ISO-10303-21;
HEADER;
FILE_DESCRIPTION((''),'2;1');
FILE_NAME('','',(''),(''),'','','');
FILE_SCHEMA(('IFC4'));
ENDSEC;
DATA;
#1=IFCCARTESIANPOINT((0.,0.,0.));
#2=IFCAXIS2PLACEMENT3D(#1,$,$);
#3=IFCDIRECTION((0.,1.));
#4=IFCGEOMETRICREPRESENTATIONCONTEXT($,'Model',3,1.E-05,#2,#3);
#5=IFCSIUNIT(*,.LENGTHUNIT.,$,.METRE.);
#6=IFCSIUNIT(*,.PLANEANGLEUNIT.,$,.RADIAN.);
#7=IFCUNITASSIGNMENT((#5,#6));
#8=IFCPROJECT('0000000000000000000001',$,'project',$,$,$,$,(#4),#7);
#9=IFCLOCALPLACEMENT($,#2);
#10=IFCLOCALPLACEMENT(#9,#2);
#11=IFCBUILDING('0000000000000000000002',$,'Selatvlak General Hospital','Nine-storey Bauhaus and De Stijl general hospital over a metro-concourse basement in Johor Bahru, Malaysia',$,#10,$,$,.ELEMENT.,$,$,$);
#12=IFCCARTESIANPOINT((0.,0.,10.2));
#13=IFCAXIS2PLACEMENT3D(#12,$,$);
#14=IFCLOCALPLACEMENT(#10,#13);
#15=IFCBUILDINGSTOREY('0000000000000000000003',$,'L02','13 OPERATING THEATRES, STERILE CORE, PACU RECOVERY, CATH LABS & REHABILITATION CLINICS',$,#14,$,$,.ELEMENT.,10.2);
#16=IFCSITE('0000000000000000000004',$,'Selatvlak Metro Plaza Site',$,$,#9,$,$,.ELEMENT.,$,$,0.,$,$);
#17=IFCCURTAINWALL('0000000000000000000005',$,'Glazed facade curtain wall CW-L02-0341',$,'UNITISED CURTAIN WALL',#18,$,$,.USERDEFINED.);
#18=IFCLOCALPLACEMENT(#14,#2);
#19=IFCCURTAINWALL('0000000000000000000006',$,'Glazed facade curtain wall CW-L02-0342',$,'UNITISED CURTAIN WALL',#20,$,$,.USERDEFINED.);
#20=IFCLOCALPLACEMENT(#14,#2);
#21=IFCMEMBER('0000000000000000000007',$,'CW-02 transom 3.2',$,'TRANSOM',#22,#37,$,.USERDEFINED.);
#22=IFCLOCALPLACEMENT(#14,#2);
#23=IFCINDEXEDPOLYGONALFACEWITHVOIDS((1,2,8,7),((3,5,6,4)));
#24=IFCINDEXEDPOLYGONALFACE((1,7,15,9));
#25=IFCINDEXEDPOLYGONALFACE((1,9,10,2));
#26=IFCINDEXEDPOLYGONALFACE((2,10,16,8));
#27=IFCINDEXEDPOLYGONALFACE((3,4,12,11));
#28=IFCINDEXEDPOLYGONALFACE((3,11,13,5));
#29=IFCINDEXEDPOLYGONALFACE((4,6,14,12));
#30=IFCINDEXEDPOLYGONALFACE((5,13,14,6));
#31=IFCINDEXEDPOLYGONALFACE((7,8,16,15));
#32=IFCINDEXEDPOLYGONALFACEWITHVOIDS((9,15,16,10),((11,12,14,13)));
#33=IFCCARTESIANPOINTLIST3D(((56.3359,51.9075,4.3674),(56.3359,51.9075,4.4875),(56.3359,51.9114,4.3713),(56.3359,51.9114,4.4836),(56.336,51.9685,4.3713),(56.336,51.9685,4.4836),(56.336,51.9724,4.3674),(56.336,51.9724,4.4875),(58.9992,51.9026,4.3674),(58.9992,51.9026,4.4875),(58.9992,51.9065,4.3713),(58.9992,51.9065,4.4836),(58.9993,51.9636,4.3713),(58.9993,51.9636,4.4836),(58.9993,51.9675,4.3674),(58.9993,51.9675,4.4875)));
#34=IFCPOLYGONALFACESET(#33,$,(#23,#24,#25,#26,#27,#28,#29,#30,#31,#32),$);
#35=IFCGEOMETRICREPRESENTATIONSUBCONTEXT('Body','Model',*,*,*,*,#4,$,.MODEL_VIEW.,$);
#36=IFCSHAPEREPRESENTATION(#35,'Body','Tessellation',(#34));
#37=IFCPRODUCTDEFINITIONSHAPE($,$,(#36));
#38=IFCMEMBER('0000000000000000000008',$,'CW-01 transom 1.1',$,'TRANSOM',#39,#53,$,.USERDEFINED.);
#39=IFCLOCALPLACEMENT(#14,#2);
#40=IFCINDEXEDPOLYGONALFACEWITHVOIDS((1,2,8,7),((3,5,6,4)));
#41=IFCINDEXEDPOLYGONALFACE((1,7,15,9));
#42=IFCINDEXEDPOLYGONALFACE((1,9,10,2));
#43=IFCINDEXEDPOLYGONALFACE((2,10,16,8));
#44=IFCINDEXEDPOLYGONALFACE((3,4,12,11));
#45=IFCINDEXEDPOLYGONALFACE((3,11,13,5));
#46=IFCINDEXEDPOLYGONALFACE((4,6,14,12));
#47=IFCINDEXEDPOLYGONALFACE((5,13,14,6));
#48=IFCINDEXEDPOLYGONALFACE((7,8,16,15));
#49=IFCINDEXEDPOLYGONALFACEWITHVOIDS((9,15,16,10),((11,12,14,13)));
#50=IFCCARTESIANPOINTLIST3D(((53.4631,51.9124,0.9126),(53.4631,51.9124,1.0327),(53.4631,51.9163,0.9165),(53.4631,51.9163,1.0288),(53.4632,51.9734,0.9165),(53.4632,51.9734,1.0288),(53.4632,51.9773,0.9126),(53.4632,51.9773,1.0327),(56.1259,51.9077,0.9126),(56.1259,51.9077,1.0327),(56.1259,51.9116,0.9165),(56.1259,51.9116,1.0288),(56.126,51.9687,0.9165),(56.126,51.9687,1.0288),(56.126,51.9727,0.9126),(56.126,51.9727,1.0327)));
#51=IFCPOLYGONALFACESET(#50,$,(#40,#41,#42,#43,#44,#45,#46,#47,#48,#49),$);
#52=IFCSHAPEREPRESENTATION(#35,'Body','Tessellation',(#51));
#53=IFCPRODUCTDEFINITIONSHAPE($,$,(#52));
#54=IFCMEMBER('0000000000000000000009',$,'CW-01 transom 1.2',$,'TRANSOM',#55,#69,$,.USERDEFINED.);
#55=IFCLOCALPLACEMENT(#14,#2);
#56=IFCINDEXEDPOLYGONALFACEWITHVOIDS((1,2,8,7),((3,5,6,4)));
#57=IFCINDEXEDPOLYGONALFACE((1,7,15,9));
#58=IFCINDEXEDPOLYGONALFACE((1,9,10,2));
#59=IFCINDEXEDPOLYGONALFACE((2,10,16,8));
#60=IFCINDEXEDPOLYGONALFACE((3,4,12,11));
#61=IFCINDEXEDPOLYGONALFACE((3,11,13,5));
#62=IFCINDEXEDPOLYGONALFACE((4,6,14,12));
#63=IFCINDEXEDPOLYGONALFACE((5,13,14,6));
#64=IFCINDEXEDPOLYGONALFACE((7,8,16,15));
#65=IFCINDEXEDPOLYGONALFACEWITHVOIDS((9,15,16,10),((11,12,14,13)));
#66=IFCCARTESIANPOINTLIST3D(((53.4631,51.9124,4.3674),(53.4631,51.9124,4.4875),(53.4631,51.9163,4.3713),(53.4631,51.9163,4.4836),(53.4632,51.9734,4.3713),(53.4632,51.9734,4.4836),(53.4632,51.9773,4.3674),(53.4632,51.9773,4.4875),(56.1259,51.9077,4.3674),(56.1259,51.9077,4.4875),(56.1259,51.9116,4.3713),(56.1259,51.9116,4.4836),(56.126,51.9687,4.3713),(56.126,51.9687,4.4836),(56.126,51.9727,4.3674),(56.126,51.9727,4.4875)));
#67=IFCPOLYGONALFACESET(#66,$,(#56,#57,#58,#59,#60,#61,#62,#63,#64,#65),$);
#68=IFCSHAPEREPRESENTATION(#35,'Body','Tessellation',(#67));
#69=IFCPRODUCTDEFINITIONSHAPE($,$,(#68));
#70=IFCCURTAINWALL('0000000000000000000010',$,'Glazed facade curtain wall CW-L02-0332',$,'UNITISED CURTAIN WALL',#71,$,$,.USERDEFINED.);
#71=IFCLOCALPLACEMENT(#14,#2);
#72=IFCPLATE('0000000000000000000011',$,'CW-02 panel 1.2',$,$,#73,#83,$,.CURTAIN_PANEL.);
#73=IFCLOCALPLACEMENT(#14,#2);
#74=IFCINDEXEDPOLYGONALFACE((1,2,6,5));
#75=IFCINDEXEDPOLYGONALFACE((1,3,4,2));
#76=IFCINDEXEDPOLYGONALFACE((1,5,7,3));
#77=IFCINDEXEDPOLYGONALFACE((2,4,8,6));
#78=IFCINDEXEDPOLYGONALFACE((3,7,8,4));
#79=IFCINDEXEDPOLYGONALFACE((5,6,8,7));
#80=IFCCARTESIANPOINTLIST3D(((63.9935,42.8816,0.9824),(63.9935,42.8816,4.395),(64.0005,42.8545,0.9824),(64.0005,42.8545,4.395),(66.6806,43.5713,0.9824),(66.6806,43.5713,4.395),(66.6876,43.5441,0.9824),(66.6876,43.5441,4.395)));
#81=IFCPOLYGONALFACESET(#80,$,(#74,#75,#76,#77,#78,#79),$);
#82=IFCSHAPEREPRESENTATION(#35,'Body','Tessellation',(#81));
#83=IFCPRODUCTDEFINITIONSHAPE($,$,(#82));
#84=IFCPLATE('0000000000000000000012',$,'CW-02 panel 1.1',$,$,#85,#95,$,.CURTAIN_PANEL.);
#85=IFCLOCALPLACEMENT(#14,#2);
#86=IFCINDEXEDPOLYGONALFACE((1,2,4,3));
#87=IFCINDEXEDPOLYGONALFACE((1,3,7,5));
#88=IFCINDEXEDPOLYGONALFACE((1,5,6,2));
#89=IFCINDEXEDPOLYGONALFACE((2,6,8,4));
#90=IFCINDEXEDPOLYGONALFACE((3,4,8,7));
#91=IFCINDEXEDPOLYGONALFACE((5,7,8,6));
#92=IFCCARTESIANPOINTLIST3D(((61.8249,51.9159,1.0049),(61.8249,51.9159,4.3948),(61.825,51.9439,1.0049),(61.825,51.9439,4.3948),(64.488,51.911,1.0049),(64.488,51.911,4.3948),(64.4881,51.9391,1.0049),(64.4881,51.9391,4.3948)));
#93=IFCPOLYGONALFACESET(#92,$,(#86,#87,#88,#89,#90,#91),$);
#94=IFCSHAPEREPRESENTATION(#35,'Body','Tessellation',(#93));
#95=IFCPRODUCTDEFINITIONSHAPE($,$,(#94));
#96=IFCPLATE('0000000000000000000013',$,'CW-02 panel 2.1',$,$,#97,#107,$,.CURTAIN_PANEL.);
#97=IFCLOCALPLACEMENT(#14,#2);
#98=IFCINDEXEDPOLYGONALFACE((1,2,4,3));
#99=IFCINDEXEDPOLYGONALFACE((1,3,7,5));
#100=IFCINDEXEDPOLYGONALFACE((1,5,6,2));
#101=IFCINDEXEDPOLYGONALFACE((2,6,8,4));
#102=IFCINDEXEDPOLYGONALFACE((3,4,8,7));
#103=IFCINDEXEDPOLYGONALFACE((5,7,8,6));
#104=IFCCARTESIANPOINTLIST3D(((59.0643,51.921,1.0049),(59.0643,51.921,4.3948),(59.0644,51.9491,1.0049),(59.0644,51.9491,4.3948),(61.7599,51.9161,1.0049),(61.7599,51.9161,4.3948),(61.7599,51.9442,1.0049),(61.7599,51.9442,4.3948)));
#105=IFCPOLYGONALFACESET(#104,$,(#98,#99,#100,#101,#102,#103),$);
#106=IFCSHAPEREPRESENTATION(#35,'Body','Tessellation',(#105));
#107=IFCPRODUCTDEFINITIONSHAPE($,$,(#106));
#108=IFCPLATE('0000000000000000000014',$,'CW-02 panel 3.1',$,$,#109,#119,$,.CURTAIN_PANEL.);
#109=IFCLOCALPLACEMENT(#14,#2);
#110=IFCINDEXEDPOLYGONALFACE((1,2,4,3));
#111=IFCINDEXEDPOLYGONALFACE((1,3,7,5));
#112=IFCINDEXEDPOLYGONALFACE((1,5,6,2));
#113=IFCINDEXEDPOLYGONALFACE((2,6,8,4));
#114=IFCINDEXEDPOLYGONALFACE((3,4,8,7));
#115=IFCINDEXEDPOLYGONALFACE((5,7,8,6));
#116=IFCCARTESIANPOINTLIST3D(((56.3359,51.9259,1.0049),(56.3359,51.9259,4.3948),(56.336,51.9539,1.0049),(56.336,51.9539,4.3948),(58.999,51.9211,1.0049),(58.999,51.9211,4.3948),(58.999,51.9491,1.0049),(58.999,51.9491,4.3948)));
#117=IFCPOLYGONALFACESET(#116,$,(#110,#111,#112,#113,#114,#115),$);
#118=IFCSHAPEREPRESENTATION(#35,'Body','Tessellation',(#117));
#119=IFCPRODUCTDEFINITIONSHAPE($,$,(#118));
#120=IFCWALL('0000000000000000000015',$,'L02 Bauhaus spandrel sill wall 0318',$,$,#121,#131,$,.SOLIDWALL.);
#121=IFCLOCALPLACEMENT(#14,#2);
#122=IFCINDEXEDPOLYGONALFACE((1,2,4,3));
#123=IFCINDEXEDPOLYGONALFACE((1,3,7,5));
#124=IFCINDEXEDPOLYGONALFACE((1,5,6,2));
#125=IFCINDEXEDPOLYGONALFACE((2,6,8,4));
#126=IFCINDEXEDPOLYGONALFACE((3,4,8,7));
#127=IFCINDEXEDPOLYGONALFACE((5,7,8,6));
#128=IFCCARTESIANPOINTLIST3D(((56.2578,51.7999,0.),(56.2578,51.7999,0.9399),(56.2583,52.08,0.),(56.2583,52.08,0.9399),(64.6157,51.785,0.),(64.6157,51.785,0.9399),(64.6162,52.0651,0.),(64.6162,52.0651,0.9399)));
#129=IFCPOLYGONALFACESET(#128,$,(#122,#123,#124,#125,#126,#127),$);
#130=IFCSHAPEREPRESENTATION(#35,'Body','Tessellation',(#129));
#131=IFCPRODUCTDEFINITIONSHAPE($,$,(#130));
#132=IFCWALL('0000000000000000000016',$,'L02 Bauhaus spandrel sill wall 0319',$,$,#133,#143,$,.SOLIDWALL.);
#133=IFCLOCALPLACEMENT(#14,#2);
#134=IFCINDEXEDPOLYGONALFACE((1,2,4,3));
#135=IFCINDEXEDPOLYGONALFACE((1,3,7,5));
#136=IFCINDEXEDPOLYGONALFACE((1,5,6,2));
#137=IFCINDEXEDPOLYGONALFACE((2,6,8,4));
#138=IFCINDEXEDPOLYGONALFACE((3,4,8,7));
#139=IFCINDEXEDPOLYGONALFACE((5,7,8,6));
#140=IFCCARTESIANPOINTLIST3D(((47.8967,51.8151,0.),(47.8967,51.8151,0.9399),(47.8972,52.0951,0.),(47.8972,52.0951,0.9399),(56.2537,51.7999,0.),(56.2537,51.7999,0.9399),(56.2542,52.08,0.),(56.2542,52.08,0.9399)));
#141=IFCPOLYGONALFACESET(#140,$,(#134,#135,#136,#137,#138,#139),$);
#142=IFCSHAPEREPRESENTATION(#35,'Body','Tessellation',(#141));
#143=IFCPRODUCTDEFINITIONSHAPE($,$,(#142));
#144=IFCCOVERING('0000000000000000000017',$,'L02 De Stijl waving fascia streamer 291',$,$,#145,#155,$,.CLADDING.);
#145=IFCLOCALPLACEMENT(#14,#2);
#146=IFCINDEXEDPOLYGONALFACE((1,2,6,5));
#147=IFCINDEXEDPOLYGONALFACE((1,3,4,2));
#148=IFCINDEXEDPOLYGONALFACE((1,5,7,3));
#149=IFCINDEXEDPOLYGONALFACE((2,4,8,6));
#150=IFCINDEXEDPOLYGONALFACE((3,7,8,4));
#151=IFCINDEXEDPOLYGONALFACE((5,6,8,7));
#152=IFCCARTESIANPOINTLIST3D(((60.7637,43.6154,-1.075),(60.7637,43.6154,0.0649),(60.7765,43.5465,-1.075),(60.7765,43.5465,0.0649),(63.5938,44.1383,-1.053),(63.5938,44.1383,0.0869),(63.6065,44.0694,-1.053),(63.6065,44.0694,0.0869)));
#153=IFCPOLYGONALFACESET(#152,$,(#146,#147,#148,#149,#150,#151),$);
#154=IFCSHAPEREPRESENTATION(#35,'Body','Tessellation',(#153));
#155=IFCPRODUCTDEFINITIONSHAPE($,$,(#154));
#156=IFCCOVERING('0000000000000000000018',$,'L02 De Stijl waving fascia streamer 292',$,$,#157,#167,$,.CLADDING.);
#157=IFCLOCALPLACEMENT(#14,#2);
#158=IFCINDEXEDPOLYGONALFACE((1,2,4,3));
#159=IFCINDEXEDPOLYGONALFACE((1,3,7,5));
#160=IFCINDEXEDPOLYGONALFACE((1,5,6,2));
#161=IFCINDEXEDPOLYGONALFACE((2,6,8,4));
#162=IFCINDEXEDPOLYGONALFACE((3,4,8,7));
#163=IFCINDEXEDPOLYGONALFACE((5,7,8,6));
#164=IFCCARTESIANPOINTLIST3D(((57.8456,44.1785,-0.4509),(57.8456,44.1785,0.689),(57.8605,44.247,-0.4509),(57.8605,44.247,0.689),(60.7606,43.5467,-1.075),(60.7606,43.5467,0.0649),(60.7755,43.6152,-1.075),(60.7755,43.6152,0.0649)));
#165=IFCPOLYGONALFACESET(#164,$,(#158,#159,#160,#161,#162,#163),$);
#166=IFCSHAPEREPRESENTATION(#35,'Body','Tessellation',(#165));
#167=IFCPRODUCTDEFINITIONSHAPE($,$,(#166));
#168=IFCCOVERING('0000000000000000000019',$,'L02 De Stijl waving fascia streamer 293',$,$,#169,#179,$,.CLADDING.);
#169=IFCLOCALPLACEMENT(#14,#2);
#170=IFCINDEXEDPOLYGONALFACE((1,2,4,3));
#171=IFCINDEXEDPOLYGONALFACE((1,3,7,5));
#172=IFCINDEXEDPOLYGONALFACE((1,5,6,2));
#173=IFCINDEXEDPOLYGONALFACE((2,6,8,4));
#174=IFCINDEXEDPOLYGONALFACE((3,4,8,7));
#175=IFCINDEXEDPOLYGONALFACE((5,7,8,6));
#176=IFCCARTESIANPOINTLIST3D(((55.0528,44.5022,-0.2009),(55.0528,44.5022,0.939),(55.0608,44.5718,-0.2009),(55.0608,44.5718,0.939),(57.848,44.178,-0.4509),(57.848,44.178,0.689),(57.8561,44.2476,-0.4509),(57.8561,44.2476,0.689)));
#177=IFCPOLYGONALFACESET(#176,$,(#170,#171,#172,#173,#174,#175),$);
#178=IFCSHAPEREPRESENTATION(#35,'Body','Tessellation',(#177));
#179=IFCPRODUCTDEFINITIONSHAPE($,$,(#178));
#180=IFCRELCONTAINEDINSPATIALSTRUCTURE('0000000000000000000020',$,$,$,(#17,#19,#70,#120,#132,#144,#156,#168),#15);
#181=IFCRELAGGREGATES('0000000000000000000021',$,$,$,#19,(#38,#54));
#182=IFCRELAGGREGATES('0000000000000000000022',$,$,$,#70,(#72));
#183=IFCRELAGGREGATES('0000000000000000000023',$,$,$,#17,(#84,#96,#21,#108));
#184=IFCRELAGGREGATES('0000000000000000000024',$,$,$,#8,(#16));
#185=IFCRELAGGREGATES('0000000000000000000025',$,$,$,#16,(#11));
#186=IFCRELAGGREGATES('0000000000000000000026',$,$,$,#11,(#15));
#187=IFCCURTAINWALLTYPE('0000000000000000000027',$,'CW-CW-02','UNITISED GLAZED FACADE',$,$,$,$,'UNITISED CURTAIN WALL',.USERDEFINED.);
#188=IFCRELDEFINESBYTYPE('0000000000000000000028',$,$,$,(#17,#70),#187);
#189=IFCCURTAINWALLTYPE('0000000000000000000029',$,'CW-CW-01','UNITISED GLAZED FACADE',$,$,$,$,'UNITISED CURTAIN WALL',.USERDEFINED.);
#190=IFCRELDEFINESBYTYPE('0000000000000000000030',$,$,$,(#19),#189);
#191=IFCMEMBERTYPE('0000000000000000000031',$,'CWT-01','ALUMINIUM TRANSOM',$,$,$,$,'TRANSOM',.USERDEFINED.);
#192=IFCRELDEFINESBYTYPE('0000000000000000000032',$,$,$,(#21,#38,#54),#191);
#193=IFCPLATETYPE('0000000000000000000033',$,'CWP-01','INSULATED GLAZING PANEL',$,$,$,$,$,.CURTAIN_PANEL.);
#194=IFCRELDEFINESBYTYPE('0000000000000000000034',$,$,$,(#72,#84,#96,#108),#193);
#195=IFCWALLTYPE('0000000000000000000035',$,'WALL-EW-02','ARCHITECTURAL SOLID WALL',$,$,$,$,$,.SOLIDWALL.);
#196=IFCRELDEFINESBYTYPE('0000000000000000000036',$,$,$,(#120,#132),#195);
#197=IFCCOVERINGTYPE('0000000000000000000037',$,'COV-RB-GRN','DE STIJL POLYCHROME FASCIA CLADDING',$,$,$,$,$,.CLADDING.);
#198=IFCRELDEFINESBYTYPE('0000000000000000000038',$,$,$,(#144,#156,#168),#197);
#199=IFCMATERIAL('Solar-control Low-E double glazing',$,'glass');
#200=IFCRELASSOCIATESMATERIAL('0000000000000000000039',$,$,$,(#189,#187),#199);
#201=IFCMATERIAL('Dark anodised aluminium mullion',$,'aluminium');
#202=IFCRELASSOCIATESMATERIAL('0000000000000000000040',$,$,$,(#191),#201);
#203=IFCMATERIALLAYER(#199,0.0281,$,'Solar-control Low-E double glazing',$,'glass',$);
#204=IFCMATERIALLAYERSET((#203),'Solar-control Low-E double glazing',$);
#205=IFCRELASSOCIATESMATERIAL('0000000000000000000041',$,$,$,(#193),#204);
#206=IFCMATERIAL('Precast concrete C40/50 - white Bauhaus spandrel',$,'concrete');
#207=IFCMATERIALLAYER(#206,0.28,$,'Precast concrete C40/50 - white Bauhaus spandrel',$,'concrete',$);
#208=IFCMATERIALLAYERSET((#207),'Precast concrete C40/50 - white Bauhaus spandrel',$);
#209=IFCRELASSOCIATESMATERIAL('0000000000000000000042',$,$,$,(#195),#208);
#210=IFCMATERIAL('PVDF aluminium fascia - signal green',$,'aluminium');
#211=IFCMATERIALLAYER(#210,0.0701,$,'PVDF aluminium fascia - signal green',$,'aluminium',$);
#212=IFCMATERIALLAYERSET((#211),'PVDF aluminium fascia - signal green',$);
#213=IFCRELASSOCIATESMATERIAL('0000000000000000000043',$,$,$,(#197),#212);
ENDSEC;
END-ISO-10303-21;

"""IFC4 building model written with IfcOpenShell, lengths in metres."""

from ifc_helpers import new_model, si_unit, direction, frame, frame_2d, origin, origin_2d, place, context, subcontext, project, spatial, polyline, rectangle, hollow_rectangle, outline, extrude, material, layer, layer_set, material_profile, profile_set, type_object, element, aggregate, save


model = new_model("IFC4")

# Units and contexts
model_context = context("Model", 3, precision=1e-05, world=origin(), true_north=direction((0.0, 1.0)))
body_context = subcontext(model_context, "Body", "Model", "MODEL_VIEW")
ifc_project = project(units=[si_unit("LENGTHUNIT", "METRE"), si_unit("PLANEANGLEUNIT", "RADIAN")], contexts=[model_context])

# Site, building, storey
site_placement = place(None, origin())
site = spatial("IfcSite", under=ifc_project, at=site_placement, Name="Selatvlak Metro Plaza Site", CompositionType="ELEMENT", RefElevation=0.0)
building_placement = place(site_placement, origin())
building = spatial("IfcBuilding", under=site, at=building_placement, Name="Selatvlak General Hospital", Description="Nine-storey Bauhaus and De Stijl general hospital over a metro-concourse basement in Johor Bahru, Malaysia", CompositionType="ELEMENT")
storey_placement = place(building_placement, frame((0.0, 0.0, 10.2)))
storey = spatial("IfcBuildingStorey", under=building, at=storey_placement, Name="L02", Description="13 OPERATING THEATRES, STERILE CORE, PACU RECOVERY, CATH LABS & REHABILITATION CLINICS", CompositionType="ELEMENT", Elevation=10.2)

# Shared definitions
ifc_material_1 = material(Name="Solar-control Low-E double glazing", Category="glass")
curtain_wall_type_1 = type_object("IfcCurtainWallType", Name="CW-CW-01", Description="UNITISED GLAZED FACADE", ElementType="UNITISED CURTAIN WALL", PredefinedType="USERDEFINED", material=ifc_material_1)
ifc_material_2 = material(Name="Dark anodised aluminium mullion", Category="aluminium")

# Curtain wall
curtain_wall_type_2 = type_object("IfcCurtainWallType", Name="CW-CW-02", Description="UNITISED GLAZED FACADE", ElementType="UNITISED CURTAIN WALL", PredefinedType="USERDEFINED", material=ifc_material_1)
curtain_wall_1_placement = place(storey_placement, origin())
curtain_wall_1 = element("IfcCurtainWall", 1, at=curtain_wall_1_placement, inside=storey, type_object=curtain_wall_type_2, Name="Glazed facade curtain wall CW-L02-0341", ObjectType="UNITISED CURTAIN WALL", PredefinedType="USERDEFINED")

# Curtain wall
curtain_wall_2_placement = place(storey_placement, origin())
curtain_wall_2 = element("IfcCurtainWall", 2, at=curtain_wall_2_placement, inside=storey, type_object=curtain_wall_type_1, Name="Glazed facade curtain wall CW-L02-0342", ObjectType="UNITISED CURTAIN WALL", PredefinedType="USERDEFINED")

# Members
ifc_material_profile_1 = material_profile(ifc_material_2, hollow_rectangle(XDim=0.0649, YDim=0.1201, WallThickness=0.0039, at=origin_2d()), Name="AL-TRN 65x120x4")
ifc_profile_set_1 = profile_set([ifc_material_profile_1], Name="Dark anodised aluminium mullion")
member_type_1 = type_object("IfcMemberType", Name="CWT-01", Description="ALUMINIUM TRANSOM", ElementType="TRANSOM", PredefinedType="USERDEFINED", material=ifc_profile_set_1)
member_1_placement = place(storey_placement, frame((58.9993, 51.9351, 4.4275), z_axis=(-0.999998, 0.001833, 0.0), x_axis=(-0.001833, -0.999998, 0.0)))
member_1 = element("IfcMember", 3, at=member_1_placement, type_object=member_type_1, Name="CW-02 transom 3.2", ObjectType="TRANSOM", PredefinedType="USERDEFINED", context=body_context, shape_type="SweptSolid", body=[
    extrude(hollow_rectangle(XDim=0.0649, YDim=0.1201, WallThickness=0.0039, at=origin_2d()), origin(), (0.0, 0.0, 1.0), 2.6633),
])
member_2_placement = place(storey_placement, frame((56.126, 51.9402, 0.9727), z_axis=(-0.999998, 0.001742, 0.0), x_axis=(-0.001742, -0.999998, 0.0)))
member_2 = element("IfcMember", 4, at=member_2_placement, type_object=member_type_1, Name="CW-01 transom 1.1", ObjectType="TRANSOM", PredefinedType="USERDEFINED", context=body_context, shape_type="SweptSolid", body=[
    extrude(hollow_rectangle(XDim=0.0649, YDim=0.1201, WallThickness=0.0039, at=origin_2d()), origin(), (0.0, 0.0, 1.0), 2.6628),
])
member_3_placement = place(storey_placement, frame((56.126, 51.9402, 4.4275), z_axis=(-0.999998, 0.001742, 0.0), x_axis=(-0.001742, -0.999998, 0.0)))
member_3 = element("IfcMember", 5, at=member_3_placement, type_object=member_type_1, Name="CW-01 transom 1.2", ObjectType="TRANSOM", PredefinedType="USERDEFINED", context=body_context, shape_type="SweptSolid", body=[
    extrude(hollow_rectangle(XDim=0.0649, YDim=0.1201, WallThickness=0.0039, at=origin_2d()), origin(), (0.0, 0.0, 1.0), 2.6628),
])
aggregate(curtain_wall_2, [member_2, member_3])

# Curtain wall, plate
curtain_wall_3_placement = place(storey_placement, origin())
curtain_wall_3 = element("IfcCurtainWall", 6, at=curtain_wall_3_placement, inside=storey, type_object=curtain_wall_type_2, Name="Glazed facade curtain wall CW-L02-0332", ObjectType="UNITISED CURTAIN WALL", PredefinedType="USERDEFINED")
ifc_layer_1 = layer(ifc_material_1, 0.0281, Name="Solar-control Low-E double glazing", Category="glass")
ifc_layer_set_1 = layer_set([ifc_layer_1], Name="Solar-control Low-E double glazing")
plate_type = type_object("IfcPlateType", Name="CWP-01", Description="INSULATED GLAZING PANEL", PredefinedType="CURTAIN_PANEL", material=ifc_layer_set_1)
plate_1_placement = place(storey_placement, frame((65.3406, 43.2129, 0.9824), z_axis=(0.0, 0.0, 1.0), x_axis=(0.968604, 0.248607, 0.0)))
plate_1 = element("IfcPlate", 7, at=plate_1_placement, type_object=plate_type, Name="CW-02 panel 1.2", PredefinedType="CURTAIN_PANEL", context=body_context, shape_type="SweptSolid", body=[
    extrude(rectangle(XDim=2.7742, YDim=0.0281, at=origin_2d()), origin(), (0.0, 0.0, 1.0), 3.4126),
])
aggregate(curtain_wall_3, [plate_1])

# Plates
plate_2_placement = place(storey_placement, frame((63.1565, 51.9275, 1.0049), z_axis=(0.0, 0.0, 1.0), x_axis=(-0.999998, 0.001811, 0.0)))
plate_2 = element("IfcPlate", 8, at=plate_2_placement, type_object=plate_type, Name="CW-02 panel 1.1", PredefinedType="CURTAIN_PANEL", context=body_context, shape_type="SweptSolid", body=[
    extrude(rectangle(XDim=2.6631, YDim=0.0281, at=origin_2d()), origin(), (0.0, 0.0, 1.0), 3.3899),
])
plate_3_placement = place(storey_placement, frame((60.4121, 51.9326, 1.0049), z_axis=(0.0, 0.0, 1.0), x_axis=(-0.999998, 0.001811, 0.0)))
plate_3 = element("IfcPlate", 9, at=plate_3_placement, type_object=plate_type, Name="CW-02 panel 2.1", PredefinedType="CURTAIN_PANEL", context=body_context, shape_type="SweptSolid", body=[
    extrude(rectangle(XDim=2.6956, YDim=0.0281, at=origin_2d()), origin(), (0.0, 0.0, 1.0), 3.3899),
])
plate_4_placement = place(storey_placement, frame((57.6675, 51.9375, 1.0049), z_axis=(0.0, 0.0, 1.0), x_axis=(-0.999998, 0.001811, 0.0)))
plate_4 = element("IfcPlate", 10, at=plate_4_placement, type_object=plate_type, Name="CW-02 panel 3.1", PredefinedType="CURTAIN_PANEL", context=body_context, shape_type="SweptSolid", body=[
    extrude(rectangle(XDim=2.6631, YDim=0.0281, at=origin_2d()), origin(), (0.0, 0.0, 1.0), 3.3899),
])
aggregate(curtain_wall_1, [plate_2, plate_3, member_1, plate_4])

# Walls
ifc_material_3 = material(Name="Precast concrete C40/50 - white Bauhaus spandrel", Category="concrete")
ifc_layer_2 = layer(ifc_material_3, 0.28, Name="Precast concrete C40/50 - white Bauhaus spandrel", Category="concrete")
ifc_layer_set_2 = layer_set([ifc_layer_2], Name="Precast concrete C40/50 - white Bauhaus spandrel")
wall_type = type_object("IfcWallType", Name="WALL-EW-02", Description="ARCHITECTURAL SOLID WALL", PredefinedType="SOLIDWALL", material=ifc_layer_set_2)
wall_1_placement = place(storey_placement, frame((64.616, 51.925, 0.0), z_axis=(0.0, 0.0, 1.0), x_axis=(-0.999998, 0.001782, 0.0)))
element("IfcWall", 11, at=wall_1_placement, inside=storey, type_object=wall_type, Name="L02 Bauhaus spandrel sill wall 0318", PredefinedType="SOLIDWALL", context=body_context, shape_type="SweptSolid", body=[
    extrude(rectangle(XDim=8.3579, YDim=0.28, at=frame_2d((4.179, 0.0))), origin(), (0.0, 0.0, 1.0), 0.9399),
])
wall_2_placement = place(storey_placement, frame((56.2539, 51.9399, 0.0), z_axis=(0.0, 0.0, 1.0), x_axis=(-0.999998, 0.001811, 0.0)))
element("IfcWall", 12, at=wall_2_placement, inside=storey, type_object=wall_type, Name="L02 Bauhaus spandrel sill wall 0319", PredefinedType="SOLIDWALL", context=body_context, shape_type="SweptSolid", body=[
    extrude(rectangle(XDim=8.3569, YDim=0.28, at=frame_2d((4.1785, 0.0))), origin(), (0.0, 0.0, 1.0), 0.9399),
])

# Coverings
ifc_material_4 = material(Name="PVDF aluminium fascia - signal green", Category="aluminium")
ifc_layer_3 = layer(ifc_material_4, 0.0701, Name="PVDF aluminium fascia - signal green", Category="aluminium")
ifc_layer_set_3 = layer_set([ifc_layer_3], Name="PVDF aluminium fascia - signal green")
covering_type_1 = type_object("IfcCoveringType", Name="COV-RB-GRN", Description="DE STIJL POLYCHROME FASCIA CLADDING", PredefinedType="CLADDING", material=ifc_layer_set_3)
covering_1_placement = place(storey_placement, frame((63.6001, 44.104, -1.053), z_axis=(0.0, 0.0, 1.0), x_axis=(-0.983353, -0.181706, 0.0)))
element("IfcCovering", 13, at=covering_1_placement, inside=storey, type_object=covering_type_1, Name="L02 De Stijl waving fascia streamer 291", PredefinedType="CLADDING", context=body_context, shape_type="SweptSolid", body=[
    extrude(outline(polyline([(0.0, 0.0), (2.8779, -0.022), (2.8779, 1.1179), (0.0, 1.1399), (0.0, 0.0)])), frame((0.0, 0.0352, 0.0), z_axis=(0.0, -1.0, 0.0), x_axis=(1.0, 0.0, 0.0)), (0.0, 0.0, 1.0), 0.0701),
])
covering_2_placement = place(storey_placement, frame((60.7681, 43.5811, -1.075), z_axis=(0.0, 0.0, 1.0), x_axis=(-0.977306, 0.211832, 0.0)))
element("IfcCovering", 14, at=covering_2_placement, inside=storey, type_object=covering_type_1, Name="L02 De Stijl waving fascia streamer 292", PredefinedType="CLADDING", context=body_context, shape_type="SweptSolid", body=[
    extrude(outline(polyline([(0.0, 0.0), (2.9827, 0.624), (2.9827, 1.7639), (0.0, 1.1399), (0.0, 0.0)])), frame((0.0, 0.0352, 0.0), z_axis=(0.0, -1.0, 0.0), x_axis=(1.0, 0.0, 0.0)), (0.0, 0.0, 1.0), 0.0701),
])
covering_3_placement = place(storey_placement, frame((57.8521, 44.2129, -0.4509), z_axis=(0.0, 0.0, 1.0), x_axis=(-0.99334, 0.11522, 0.0)))
element("IfcCovering", 15, at=covering_3_placement, inside=storey, type_object=covering_type_1, Name="L02 De Stijl waving fascia streamer 293", PredefinedType="CLADDING", context=body_context, shape_type="SweptSolid", body=[
    extrude(outline(polyline([(0.0, 0.0), (2.814, 0.25), (2.814, 1.3899), (0.0, 1.1399), (0.0, 0.0)])), frame((0.0, 0.0352, 0.0), z_axis=(0.0, -1.0, 0.0), x_axis=(1.0, 0.0, 0.0)), (0.0, 0.0, 1.0), 0.0701),
])

save(model, "model.ifc")
